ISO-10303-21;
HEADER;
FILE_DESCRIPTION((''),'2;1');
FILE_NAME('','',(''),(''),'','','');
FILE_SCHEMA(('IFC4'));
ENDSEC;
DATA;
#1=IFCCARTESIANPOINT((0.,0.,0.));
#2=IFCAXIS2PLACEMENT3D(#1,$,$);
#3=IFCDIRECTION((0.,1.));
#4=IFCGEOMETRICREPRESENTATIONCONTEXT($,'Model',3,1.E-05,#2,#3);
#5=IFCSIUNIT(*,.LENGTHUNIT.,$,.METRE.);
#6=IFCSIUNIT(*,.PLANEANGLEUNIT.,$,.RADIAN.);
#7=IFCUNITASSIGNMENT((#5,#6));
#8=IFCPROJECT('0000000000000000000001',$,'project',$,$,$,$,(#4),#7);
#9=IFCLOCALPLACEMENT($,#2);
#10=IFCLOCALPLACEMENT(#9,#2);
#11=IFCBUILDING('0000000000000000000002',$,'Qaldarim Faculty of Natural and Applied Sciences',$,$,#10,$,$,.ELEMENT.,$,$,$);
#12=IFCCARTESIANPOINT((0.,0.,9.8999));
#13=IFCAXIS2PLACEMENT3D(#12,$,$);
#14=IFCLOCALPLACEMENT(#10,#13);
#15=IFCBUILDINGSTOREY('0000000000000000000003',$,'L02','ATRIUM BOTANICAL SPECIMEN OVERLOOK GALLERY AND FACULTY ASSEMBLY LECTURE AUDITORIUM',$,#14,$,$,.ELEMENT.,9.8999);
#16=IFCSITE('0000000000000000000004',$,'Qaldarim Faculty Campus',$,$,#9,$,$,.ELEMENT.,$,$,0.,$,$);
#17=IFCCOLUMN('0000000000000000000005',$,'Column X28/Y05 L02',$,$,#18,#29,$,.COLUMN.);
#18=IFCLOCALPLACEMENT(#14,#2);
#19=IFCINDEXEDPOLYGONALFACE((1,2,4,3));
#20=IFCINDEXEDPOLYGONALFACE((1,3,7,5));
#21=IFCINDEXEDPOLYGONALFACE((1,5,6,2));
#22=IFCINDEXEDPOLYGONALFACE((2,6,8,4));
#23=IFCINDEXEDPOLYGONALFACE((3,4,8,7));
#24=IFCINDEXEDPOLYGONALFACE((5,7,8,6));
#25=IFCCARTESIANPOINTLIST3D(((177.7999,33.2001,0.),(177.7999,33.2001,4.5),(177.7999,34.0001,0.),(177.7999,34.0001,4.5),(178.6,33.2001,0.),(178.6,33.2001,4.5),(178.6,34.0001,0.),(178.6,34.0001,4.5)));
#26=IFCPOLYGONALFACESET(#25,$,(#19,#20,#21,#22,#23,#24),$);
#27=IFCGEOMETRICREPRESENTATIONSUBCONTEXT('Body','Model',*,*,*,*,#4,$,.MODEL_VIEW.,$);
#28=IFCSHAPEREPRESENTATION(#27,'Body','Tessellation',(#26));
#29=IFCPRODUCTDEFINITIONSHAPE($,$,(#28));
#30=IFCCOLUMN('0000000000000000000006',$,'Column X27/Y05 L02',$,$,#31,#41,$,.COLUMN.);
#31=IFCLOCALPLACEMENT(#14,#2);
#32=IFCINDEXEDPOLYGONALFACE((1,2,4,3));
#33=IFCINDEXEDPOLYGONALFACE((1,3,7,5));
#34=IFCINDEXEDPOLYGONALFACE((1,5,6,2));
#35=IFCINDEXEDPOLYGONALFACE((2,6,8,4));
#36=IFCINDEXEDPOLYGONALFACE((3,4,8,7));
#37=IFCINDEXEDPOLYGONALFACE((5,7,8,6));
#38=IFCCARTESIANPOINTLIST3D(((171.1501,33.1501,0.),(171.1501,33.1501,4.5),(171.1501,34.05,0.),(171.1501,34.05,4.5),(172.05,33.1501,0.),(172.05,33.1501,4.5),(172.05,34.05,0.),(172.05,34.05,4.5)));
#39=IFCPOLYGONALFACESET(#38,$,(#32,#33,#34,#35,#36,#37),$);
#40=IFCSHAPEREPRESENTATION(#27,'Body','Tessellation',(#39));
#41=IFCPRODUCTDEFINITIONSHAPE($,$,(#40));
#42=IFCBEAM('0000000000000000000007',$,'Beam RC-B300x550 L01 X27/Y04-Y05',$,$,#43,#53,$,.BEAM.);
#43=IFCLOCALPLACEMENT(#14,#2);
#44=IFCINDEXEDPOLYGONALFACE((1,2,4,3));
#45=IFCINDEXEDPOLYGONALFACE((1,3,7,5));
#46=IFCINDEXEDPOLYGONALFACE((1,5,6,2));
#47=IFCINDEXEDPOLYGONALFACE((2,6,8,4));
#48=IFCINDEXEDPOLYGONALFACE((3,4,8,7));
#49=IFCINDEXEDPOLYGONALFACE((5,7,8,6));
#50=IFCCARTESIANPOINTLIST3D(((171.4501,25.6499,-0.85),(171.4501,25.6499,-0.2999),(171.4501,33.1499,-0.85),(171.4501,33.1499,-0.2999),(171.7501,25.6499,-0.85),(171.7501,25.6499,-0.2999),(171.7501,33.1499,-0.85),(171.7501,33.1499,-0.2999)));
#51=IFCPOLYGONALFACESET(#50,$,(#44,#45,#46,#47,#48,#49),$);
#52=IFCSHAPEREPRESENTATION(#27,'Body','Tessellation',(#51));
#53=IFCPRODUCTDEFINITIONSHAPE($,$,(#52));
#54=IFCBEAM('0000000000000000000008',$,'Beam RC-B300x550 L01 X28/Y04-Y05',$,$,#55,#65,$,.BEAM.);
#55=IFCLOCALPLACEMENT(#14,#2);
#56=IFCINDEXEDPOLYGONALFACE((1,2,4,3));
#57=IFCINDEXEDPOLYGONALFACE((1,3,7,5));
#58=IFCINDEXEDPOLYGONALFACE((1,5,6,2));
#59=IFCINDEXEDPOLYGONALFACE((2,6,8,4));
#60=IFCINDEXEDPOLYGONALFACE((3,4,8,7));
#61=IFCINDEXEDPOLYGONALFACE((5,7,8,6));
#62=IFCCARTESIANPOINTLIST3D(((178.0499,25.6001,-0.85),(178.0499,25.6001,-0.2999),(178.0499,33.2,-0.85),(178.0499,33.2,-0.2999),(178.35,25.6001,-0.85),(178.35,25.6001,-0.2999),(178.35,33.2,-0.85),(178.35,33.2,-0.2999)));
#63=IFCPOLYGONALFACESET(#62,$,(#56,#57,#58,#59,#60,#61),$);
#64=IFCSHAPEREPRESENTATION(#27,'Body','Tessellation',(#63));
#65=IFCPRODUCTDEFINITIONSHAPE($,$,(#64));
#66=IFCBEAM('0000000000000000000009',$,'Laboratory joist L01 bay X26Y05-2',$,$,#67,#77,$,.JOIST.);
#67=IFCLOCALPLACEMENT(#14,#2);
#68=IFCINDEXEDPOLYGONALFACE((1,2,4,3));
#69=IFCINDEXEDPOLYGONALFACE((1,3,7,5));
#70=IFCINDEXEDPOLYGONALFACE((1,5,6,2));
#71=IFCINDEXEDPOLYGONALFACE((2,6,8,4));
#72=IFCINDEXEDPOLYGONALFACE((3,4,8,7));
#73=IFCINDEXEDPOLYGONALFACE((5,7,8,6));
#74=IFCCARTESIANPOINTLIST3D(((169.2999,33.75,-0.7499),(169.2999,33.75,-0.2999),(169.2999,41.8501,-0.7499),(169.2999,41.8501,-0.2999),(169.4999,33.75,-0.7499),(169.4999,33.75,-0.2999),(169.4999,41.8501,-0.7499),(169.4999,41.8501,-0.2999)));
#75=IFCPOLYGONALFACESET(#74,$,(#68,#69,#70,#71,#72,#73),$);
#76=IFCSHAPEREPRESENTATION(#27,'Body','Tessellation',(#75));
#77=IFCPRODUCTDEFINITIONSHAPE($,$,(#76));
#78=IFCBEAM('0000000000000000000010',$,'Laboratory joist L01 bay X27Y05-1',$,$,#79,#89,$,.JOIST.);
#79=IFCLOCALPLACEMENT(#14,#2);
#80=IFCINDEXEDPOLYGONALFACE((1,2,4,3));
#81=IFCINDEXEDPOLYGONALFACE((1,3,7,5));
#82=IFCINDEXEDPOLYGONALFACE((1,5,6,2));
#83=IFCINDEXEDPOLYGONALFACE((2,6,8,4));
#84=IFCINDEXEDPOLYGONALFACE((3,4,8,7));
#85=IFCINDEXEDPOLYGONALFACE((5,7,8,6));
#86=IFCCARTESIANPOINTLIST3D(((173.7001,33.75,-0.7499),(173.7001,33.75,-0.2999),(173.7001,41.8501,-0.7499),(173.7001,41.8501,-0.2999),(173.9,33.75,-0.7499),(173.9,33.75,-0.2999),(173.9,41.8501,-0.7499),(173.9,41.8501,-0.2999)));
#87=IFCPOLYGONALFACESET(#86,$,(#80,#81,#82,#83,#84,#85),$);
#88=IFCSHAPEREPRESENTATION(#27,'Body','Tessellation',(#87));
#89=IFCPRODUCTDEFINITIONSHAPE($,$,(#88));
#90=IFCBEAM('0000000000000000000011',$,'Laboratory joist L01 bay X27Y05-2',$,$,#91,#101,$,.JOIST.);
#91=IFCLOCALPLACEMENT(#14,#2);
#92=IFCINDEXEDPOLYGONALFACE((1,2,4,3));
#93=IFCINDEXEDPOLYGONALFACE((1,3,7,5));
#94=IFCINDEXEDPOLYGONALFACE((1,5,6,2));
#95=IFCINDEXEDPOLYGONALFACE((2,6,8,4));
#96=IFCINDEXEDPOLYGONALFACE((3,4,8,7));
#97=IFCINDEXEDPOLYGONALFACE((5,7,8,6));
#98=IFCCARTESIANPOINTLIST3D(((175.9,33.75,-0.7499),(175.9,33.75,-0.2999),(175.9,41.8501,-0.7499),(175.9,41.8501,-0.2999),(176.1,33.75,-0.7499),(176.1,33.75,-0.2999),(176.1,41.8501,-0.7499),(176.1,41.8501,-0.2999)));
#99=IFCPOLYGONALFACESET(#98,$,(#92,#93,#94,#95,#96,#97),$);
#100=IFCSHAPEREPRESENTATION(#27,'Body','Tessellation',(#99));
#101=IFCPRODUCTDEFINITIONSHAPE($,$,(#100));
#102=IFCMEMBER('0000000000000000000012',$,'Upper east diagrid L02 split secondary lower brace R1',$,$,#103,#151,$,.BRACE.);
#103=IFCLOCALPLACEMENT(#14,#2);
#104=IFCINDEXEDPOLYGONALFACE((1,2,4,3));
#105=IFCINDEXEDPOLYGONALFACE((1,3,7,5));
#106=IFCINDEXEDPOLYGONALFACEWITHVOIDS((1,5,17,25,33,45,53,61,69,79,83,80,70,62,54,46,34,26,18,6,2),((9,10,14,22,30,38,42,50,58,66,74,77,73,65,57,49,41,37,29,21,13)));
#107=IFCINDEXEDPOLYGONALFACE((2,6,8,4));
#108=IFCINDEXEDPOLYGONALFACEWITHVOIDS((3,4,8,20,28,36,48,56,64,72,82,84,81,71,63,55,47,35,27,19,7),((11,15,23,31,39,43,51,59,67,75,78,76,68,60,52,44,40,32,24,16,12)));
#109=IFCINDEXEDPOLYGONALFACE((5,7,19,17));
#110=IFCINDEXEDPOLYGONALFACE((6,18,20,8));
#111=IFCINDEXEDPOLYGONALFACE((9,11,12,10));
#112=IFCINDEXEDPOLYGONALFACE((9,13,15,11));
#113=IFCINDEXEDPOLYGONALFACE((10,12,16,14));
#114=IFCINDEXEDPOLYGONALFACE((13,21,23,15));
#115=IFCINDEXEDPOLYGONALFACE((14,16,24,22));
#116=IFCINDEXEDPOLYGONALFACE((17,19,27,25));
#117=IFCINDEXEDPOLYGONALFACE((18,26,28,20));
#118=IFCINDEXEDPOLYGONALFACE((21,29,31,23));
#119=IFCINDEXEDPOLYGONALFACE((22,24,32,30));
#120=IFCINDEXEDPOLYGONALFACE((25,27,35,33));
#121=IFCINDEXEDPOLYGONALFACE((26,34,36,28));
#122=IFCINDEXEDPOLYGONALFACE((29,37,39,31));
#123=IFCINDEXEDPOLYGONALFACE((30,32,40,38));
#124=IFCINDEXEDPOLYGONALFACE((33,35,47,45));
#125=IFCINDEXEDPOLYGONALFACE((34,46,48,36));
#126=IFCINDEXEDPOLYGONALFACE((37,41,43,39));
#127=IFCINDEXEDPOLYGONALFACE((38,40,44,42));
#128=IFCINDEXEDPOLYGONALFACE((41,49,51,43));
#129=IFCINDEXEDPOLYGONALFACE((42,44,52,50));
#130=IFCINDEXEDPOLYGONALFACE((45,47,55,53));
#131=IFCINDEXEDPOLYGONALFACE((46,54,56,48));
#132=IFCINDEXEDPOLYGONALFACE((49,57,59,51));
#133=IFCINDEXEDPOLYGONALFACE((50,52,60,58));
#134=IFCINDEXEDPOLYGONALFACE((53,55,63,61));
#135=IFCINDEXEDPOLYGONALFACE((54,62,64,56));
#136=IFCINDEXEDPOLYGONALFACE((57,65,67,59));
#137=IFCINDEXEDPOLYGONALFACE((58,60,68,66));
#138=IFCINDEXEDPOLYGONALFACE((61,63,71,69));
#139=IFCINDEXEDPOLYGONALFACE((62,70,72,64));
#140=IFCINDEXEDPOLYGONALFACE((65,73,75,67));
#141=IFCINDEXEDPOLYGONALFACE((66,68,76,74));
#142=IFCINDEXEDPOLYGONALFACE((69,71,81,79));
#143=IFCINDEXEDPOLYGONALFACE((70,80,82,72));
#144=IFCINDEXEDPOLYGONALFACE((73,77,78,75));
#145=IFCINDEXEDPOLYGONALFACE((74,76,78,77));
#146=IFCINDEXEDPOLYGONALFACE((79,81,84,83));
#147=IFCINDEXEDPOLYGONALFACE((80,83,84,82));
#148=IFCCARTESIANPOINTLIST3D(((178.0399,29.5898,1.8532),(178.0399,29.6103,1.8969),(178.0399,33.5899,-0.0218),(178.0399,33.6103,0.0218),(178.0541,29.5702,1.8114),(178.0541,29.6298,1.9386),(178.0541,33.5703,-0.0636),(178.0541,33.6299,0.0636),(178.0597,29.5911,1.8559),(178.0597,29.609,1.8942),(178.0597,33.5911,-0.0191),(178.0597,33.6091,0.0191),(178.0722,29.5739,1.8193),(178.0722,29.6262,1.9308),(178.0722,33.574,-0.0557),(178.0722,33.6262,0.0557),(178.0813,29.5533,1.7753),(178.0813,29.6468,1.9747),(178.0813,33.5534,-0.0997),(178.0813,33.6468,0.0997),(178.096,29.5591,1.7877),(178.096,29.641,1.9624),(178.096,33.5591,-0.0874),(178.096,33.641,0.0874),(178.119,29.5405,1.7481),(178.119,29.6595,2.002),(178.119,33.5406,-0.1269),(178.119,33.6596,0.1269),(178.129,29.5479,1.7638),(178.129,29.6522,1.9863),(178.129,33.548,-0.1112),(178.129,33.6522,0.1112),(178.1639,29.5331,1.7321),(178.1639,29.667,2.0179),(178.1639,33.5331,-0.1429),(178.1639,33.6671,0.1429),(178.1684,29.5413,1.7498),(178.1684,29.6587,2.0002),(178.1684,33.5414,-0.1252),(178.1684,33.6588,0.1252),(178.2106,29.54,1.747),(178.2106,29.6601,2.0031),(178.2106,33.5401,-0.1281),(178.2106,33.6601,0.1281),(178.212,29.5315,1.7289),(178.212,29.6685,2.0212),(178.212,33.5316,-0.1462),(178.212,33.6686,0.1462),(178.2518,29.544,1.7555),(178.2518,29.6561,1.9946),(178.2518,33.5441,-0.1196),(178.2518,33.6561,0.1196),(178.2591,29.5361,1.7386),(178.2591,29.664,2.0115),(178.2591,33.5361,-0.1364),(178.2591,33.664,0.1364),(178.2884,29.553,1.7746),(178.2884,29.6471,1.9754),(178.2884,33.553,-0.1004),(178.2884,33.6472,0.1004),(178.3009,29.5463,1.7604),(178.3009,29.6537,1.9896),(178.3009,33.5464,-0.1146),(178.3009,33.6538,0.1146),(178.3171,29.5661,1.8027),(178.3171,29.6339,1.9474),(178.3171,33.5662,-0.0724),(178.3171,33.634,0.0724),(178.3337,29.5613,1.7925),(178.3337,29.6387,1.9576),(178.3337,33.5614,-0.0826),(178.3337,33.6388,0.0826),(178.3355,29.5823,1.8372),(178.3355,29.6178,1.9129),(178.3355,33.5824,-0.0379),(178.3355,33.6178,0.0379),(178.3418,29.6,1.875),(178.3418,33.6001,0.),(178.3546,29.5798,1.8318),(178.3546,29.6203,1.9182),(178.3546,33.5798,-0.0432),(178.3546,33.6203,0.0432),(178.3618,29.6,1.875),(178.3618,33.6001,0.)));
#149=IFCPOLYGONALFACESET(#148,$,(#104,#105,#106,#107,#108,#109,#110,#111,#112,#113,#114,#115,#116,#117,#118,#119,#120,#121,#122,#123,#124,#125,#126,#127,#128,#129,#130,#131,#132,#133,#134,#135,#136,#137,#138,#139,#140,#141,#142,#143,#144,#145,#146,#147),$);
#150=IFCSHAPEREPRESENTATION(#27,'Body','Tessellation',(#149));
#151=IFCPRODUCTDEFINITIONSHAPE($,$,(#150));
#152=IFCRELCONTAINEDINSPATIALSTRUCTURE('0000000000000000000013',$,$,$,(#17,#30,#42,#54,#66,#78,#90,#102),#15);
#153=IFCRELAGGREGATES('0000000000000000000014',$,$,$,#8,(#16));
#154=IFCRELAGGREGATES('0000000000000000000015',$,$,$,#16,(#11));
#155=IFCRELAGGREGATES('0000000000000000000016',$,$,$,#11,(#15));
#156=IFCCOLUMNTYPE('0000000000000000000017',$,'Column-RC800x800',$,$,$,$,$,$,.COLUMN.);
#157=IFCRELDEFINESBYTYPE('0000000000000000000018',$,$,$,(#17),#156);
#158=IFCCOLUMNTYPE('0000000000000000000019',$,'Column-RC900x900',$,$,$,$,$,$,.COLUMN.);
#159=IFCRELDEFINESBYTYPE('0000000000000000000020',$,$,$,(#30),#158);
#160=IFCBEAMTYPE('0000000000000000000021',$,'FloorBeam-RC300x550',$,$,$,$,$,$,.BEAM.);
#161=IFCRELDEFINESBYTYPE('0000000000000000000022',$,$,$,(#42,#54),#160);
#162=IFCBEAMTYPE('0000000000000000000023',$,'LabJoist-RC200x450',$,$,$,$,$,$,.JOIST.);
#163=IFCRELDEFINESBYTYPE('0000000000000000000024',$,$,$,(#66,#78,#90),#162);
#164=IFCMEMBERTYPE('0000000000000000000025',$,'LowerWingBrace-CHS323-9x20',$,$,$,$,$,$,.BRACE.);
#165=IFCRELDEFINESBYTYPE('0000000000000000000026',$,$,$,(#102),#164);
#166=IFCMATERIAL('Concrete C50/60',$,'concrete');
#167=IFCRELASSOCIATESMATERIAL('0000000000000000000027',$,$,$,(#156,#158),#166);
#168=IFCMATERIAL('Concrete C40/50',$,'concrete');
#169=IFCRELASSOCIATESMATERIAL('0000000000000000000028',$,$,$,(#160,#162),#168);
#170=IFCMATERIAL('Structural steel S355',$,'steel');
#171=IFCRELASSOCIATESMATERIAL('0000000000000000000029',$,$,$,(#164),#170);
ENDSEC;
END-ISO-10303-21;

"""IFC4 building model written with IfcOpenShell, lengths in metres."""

from ifc_helpers import new_model, si_unit, direction, frame, origin, origin_2d, place, context, subcontext, project, spatial, rectangle, hollow_circle, extrude, material, material_profile, profile_set, type_object, element, save


model = new_model("IFC4")

# Units and contexts
model_context = context("Model", 3, precision=1e-05, world=origin(), true_north=direction((0.0, 1.0)))
body_context = subcontext(model_context, "Body", "Model", "MODEL_VIEW")
ifc_project = project(units=[si_unit("LENGTHUNIT", "METRE"), si_unit("PLANEANGLEUNIT", "RADIAN")], contexts=[model_context])

# Site, building, storey
site_placement = place(None, origin())
site = spatial("IfcSite", under=ifc_project, at=site_placement, Name="Qaldarim Faculty Campus", CompositionType="ELEMENT", RefElevation=0.0)
building_placement = place(site_placement, origin())
building = spatial("IfcBuilding", under=site, at=building_placement, Name="Qaldarim Faculty of Natural and Applied Sciences", CompositionType="ELEMENT")
storey_placement = place(building_placement, frame((0.0, 0.0, 9.8999)))
storey = spatial("IfcBuildingStorey", under=building, at=storey_placement, Name="L02", Description="ATRIUM BOTANICAL SPECIMEN OVERLOOK GALLERY AND FACULTY ASSEMBLY LECTURE AUDITORIUM", CompositionType="ELEMENT", Elevation=9.8999)

# Columns
ifc_material_1 = material(Name="Concrete C50/60", Category="concrete")
ifc_material_profile_1 = material_profile(ifc_material_1, rectangle(XDim=0.8, YDim=0.8, at=origin_2d()), Name="RC-C800x800")
ifc_profile_set_1 = profile_set([ifc_material_profile_1], Name="Concrete C50/60")
column_type_1 = type_object("IfcColumnType", Name="Column-RC800x800", PredefinedType="COLUMN", material=ifc_profile_set_1)
column_1_placement = place(storey_placement, frame((178.2, 33.6001, 0.0), z_axis=(0.0, 0.0, 1.0), x_axis=(1.0, 0.0, 0.0)))
element("IfcColumn", 1, at=column_1_placement, inside=storey, type_object=column_type_1, Name="Column X28/Y05 L02", PredefinedType="COLUMN", context=body_context, shape_type="SweptSolid", body=[
    extrude(rectangle(XDim=0.8, YDim=0.8, at=origin_2d()), origin(), (0.0, 0.0, 1.0), 4.5),
])
ifc_material_profile_2 = material_profile(ifc_material_1, rectangle(XDim=0.8999, YDim=0.8999, at=origin_2d()), Name="RC-C900x900")
ifc_profile_set_2 = profile_set([ifc_material_profile_2], Name="Concrete C50/60")
column_type_2 = type_object("IfcColumnType", Name="Column-RC900x900", PredefinedType="COLUMN", material=ifc_profile_set_2)
column_2_placement = place(storey_placement, frame((171.6001, 33.6001, 0.0), z_axis=(0.0, 0.0, 1.0), x_axis=(1.0, 0.0, 0.0)))
element("IfcColumn", 2, at=column_2_placement, inside=storey, type_object=column_type_2, Name="Column X27/Y05 L02", PredefinedType="COLUMN", context=body_context, shape_type="SweptSolid", body=[
    extrude(rectangle(XDim=0.8999, YDim=0.8999, at=origin_2d()), origin(), (0.0, 0.0, 1.0), 4.5),
])

# Beams
ifc_material_2 = material(Name="Concrete C40/50", Category="concrete")
ifc_material_profile_3 = material_profile(ifc_material_2, rectangle(XDim=0.3, YDim=0.55, at=origin_2d()), Name="RC-B300x550")
ifc_profile_set_3 = profile_set([ifc_material_profile_3], Name="Concrete C40/50")
beam_type_1 = type_object("IfcBeamType", Name="FloorBeam-RC300x550", PredefinedType="BEAM", material=ifc_profile_set_3)
beam_1_placement = place(storey_placement, frame((171.6001, 25.6499, -0.575), z_axis=(0.0, 1.0, 0.0), x_axis=(-1.0, 0.0, 0.0)))
element("IfcBeam", 3, at=beam_1_placement, inside=storey, type_object=beam_type_1, Name="Beam RC-B300x550 L01 X27/Y04-Y05", PredefinedType="BEAM", context=body_context, shape_type="SweptSolid", body=[
    extrude(rectangle(XDim=0.3, YDim=0.55, at=origin_2d()), origin(), (0.0, 0.0, 1.0), 7.5),
])
beam_2_placement = place(storey_placement, frame((178.2, 25.6001, -0.575), z_axis=(0.0, 1.0, 0.0), x_axis=(-1.0, 0.0, 0.0)))
element("IfcBeam", 4, at=beam_2_placement, inside=storey, type_object=beam_type_1, Name="Beam RC-B300x550 L01 X28/Y04-Y05", PredefinedType="BEAM", context=body_context, shape_type="SweptSolid", body=[
    extrude(rectangle(XDim=0.3, YDim=0.55, at=origin_2d()), origin(), (0.0, 0.0, 1.0), 7.5999),
])
ifc_material_profile_4 = material_profile(ifc_material_2, rectangle(XDim=0.2, YDim=0.45, at=origin_2d()), Name="RC-J200x450")
ifc_profile_set_4 = profile_set([ifc_material_profile_4], Name="Concrete C40/50")
beam_type_2 = type_object("IfcBeamType", Name="LabJoist-RC200x450", PredefinedType="JOIST", material=ifc_profile_set_4)
for number, where, z_axis, x_axis, name in (
    (5, (169.3999, 33.75, -0.5249), (0.0, 1.0, 0.0), (-1.0, 0.0, 0.0), "Laboratory joist L01 bay X26Y05-2"),
    (6, (173.8, 33.75, -0.5249), (0.0, 1.0, 0.0), (-1.0, 0.0, 0.0), "Laboratory joist L01 bay X27Y05-1"),
    (7, (176.0, 33.75, -0.5249), (0.0, 1.0, 0.0), (-1.0, 0.0, 0.0), "Laboratory joist L01 bay X27Y05-2"),
):
    element("IfcBeam", number, at=place(storey_placement, frame(where, z_axis=z_axis, x_axis=x_axis)), inside=storey, type_object=beam_type_2, Name=name, PredefinedType="JOIST", context=body_context, shape_type="SweptSolid", body=[
        extrude(rectangle(XDim=0.2, YDim=0.45, at=origin_2d()), origin(), (0.0, 0.0, 1.0), 8.1001),
    ])

# Member
ifc_material_3 = material(Name="Structural steel S355", Category="steel")
ifc_material_profile_5 = material_profile(ifc_material_3, hollow_circle(Radius=0.1619, WallThickness=0.02, at=origin_2d()), Name="CHS 323.9x20.0")
ifc_profile_set_5 = profile_set([ifc_material_profile_5], Name="Structural steel S355")
member_type_1 = type_object("IfcMemberType", Name="LowerWingBrace-CHS323-9x20", PredefinedType="BRACE", material=ifc_profile_set_5)
for number, where, z_axis, x_axis, name in (
    (8, (178.2, 33.6001, 0.0), (0.0, -0.905459, 0.424434), (1.0, 0.0, 0.0), "Upper east diagrid L02 split secondary lower brace R1"),
):
    element("IfcMember", number, at=place(storey_placement, frame(where, z_axis=z_axis, x_axis=x_axis)), inside=storey, type_object=member_type_1, Name=name, PredefinedType="BRACE", context=body_context, shape_type="SweptSolid", body=[
        extrude(hollow_circle(Radius=0.1619, WallThickness=0.02, at=origin_2d()), origin(), (0.0, 0.0, 1.0), 4.4177),
    ])

save(model, "model.ifc")
